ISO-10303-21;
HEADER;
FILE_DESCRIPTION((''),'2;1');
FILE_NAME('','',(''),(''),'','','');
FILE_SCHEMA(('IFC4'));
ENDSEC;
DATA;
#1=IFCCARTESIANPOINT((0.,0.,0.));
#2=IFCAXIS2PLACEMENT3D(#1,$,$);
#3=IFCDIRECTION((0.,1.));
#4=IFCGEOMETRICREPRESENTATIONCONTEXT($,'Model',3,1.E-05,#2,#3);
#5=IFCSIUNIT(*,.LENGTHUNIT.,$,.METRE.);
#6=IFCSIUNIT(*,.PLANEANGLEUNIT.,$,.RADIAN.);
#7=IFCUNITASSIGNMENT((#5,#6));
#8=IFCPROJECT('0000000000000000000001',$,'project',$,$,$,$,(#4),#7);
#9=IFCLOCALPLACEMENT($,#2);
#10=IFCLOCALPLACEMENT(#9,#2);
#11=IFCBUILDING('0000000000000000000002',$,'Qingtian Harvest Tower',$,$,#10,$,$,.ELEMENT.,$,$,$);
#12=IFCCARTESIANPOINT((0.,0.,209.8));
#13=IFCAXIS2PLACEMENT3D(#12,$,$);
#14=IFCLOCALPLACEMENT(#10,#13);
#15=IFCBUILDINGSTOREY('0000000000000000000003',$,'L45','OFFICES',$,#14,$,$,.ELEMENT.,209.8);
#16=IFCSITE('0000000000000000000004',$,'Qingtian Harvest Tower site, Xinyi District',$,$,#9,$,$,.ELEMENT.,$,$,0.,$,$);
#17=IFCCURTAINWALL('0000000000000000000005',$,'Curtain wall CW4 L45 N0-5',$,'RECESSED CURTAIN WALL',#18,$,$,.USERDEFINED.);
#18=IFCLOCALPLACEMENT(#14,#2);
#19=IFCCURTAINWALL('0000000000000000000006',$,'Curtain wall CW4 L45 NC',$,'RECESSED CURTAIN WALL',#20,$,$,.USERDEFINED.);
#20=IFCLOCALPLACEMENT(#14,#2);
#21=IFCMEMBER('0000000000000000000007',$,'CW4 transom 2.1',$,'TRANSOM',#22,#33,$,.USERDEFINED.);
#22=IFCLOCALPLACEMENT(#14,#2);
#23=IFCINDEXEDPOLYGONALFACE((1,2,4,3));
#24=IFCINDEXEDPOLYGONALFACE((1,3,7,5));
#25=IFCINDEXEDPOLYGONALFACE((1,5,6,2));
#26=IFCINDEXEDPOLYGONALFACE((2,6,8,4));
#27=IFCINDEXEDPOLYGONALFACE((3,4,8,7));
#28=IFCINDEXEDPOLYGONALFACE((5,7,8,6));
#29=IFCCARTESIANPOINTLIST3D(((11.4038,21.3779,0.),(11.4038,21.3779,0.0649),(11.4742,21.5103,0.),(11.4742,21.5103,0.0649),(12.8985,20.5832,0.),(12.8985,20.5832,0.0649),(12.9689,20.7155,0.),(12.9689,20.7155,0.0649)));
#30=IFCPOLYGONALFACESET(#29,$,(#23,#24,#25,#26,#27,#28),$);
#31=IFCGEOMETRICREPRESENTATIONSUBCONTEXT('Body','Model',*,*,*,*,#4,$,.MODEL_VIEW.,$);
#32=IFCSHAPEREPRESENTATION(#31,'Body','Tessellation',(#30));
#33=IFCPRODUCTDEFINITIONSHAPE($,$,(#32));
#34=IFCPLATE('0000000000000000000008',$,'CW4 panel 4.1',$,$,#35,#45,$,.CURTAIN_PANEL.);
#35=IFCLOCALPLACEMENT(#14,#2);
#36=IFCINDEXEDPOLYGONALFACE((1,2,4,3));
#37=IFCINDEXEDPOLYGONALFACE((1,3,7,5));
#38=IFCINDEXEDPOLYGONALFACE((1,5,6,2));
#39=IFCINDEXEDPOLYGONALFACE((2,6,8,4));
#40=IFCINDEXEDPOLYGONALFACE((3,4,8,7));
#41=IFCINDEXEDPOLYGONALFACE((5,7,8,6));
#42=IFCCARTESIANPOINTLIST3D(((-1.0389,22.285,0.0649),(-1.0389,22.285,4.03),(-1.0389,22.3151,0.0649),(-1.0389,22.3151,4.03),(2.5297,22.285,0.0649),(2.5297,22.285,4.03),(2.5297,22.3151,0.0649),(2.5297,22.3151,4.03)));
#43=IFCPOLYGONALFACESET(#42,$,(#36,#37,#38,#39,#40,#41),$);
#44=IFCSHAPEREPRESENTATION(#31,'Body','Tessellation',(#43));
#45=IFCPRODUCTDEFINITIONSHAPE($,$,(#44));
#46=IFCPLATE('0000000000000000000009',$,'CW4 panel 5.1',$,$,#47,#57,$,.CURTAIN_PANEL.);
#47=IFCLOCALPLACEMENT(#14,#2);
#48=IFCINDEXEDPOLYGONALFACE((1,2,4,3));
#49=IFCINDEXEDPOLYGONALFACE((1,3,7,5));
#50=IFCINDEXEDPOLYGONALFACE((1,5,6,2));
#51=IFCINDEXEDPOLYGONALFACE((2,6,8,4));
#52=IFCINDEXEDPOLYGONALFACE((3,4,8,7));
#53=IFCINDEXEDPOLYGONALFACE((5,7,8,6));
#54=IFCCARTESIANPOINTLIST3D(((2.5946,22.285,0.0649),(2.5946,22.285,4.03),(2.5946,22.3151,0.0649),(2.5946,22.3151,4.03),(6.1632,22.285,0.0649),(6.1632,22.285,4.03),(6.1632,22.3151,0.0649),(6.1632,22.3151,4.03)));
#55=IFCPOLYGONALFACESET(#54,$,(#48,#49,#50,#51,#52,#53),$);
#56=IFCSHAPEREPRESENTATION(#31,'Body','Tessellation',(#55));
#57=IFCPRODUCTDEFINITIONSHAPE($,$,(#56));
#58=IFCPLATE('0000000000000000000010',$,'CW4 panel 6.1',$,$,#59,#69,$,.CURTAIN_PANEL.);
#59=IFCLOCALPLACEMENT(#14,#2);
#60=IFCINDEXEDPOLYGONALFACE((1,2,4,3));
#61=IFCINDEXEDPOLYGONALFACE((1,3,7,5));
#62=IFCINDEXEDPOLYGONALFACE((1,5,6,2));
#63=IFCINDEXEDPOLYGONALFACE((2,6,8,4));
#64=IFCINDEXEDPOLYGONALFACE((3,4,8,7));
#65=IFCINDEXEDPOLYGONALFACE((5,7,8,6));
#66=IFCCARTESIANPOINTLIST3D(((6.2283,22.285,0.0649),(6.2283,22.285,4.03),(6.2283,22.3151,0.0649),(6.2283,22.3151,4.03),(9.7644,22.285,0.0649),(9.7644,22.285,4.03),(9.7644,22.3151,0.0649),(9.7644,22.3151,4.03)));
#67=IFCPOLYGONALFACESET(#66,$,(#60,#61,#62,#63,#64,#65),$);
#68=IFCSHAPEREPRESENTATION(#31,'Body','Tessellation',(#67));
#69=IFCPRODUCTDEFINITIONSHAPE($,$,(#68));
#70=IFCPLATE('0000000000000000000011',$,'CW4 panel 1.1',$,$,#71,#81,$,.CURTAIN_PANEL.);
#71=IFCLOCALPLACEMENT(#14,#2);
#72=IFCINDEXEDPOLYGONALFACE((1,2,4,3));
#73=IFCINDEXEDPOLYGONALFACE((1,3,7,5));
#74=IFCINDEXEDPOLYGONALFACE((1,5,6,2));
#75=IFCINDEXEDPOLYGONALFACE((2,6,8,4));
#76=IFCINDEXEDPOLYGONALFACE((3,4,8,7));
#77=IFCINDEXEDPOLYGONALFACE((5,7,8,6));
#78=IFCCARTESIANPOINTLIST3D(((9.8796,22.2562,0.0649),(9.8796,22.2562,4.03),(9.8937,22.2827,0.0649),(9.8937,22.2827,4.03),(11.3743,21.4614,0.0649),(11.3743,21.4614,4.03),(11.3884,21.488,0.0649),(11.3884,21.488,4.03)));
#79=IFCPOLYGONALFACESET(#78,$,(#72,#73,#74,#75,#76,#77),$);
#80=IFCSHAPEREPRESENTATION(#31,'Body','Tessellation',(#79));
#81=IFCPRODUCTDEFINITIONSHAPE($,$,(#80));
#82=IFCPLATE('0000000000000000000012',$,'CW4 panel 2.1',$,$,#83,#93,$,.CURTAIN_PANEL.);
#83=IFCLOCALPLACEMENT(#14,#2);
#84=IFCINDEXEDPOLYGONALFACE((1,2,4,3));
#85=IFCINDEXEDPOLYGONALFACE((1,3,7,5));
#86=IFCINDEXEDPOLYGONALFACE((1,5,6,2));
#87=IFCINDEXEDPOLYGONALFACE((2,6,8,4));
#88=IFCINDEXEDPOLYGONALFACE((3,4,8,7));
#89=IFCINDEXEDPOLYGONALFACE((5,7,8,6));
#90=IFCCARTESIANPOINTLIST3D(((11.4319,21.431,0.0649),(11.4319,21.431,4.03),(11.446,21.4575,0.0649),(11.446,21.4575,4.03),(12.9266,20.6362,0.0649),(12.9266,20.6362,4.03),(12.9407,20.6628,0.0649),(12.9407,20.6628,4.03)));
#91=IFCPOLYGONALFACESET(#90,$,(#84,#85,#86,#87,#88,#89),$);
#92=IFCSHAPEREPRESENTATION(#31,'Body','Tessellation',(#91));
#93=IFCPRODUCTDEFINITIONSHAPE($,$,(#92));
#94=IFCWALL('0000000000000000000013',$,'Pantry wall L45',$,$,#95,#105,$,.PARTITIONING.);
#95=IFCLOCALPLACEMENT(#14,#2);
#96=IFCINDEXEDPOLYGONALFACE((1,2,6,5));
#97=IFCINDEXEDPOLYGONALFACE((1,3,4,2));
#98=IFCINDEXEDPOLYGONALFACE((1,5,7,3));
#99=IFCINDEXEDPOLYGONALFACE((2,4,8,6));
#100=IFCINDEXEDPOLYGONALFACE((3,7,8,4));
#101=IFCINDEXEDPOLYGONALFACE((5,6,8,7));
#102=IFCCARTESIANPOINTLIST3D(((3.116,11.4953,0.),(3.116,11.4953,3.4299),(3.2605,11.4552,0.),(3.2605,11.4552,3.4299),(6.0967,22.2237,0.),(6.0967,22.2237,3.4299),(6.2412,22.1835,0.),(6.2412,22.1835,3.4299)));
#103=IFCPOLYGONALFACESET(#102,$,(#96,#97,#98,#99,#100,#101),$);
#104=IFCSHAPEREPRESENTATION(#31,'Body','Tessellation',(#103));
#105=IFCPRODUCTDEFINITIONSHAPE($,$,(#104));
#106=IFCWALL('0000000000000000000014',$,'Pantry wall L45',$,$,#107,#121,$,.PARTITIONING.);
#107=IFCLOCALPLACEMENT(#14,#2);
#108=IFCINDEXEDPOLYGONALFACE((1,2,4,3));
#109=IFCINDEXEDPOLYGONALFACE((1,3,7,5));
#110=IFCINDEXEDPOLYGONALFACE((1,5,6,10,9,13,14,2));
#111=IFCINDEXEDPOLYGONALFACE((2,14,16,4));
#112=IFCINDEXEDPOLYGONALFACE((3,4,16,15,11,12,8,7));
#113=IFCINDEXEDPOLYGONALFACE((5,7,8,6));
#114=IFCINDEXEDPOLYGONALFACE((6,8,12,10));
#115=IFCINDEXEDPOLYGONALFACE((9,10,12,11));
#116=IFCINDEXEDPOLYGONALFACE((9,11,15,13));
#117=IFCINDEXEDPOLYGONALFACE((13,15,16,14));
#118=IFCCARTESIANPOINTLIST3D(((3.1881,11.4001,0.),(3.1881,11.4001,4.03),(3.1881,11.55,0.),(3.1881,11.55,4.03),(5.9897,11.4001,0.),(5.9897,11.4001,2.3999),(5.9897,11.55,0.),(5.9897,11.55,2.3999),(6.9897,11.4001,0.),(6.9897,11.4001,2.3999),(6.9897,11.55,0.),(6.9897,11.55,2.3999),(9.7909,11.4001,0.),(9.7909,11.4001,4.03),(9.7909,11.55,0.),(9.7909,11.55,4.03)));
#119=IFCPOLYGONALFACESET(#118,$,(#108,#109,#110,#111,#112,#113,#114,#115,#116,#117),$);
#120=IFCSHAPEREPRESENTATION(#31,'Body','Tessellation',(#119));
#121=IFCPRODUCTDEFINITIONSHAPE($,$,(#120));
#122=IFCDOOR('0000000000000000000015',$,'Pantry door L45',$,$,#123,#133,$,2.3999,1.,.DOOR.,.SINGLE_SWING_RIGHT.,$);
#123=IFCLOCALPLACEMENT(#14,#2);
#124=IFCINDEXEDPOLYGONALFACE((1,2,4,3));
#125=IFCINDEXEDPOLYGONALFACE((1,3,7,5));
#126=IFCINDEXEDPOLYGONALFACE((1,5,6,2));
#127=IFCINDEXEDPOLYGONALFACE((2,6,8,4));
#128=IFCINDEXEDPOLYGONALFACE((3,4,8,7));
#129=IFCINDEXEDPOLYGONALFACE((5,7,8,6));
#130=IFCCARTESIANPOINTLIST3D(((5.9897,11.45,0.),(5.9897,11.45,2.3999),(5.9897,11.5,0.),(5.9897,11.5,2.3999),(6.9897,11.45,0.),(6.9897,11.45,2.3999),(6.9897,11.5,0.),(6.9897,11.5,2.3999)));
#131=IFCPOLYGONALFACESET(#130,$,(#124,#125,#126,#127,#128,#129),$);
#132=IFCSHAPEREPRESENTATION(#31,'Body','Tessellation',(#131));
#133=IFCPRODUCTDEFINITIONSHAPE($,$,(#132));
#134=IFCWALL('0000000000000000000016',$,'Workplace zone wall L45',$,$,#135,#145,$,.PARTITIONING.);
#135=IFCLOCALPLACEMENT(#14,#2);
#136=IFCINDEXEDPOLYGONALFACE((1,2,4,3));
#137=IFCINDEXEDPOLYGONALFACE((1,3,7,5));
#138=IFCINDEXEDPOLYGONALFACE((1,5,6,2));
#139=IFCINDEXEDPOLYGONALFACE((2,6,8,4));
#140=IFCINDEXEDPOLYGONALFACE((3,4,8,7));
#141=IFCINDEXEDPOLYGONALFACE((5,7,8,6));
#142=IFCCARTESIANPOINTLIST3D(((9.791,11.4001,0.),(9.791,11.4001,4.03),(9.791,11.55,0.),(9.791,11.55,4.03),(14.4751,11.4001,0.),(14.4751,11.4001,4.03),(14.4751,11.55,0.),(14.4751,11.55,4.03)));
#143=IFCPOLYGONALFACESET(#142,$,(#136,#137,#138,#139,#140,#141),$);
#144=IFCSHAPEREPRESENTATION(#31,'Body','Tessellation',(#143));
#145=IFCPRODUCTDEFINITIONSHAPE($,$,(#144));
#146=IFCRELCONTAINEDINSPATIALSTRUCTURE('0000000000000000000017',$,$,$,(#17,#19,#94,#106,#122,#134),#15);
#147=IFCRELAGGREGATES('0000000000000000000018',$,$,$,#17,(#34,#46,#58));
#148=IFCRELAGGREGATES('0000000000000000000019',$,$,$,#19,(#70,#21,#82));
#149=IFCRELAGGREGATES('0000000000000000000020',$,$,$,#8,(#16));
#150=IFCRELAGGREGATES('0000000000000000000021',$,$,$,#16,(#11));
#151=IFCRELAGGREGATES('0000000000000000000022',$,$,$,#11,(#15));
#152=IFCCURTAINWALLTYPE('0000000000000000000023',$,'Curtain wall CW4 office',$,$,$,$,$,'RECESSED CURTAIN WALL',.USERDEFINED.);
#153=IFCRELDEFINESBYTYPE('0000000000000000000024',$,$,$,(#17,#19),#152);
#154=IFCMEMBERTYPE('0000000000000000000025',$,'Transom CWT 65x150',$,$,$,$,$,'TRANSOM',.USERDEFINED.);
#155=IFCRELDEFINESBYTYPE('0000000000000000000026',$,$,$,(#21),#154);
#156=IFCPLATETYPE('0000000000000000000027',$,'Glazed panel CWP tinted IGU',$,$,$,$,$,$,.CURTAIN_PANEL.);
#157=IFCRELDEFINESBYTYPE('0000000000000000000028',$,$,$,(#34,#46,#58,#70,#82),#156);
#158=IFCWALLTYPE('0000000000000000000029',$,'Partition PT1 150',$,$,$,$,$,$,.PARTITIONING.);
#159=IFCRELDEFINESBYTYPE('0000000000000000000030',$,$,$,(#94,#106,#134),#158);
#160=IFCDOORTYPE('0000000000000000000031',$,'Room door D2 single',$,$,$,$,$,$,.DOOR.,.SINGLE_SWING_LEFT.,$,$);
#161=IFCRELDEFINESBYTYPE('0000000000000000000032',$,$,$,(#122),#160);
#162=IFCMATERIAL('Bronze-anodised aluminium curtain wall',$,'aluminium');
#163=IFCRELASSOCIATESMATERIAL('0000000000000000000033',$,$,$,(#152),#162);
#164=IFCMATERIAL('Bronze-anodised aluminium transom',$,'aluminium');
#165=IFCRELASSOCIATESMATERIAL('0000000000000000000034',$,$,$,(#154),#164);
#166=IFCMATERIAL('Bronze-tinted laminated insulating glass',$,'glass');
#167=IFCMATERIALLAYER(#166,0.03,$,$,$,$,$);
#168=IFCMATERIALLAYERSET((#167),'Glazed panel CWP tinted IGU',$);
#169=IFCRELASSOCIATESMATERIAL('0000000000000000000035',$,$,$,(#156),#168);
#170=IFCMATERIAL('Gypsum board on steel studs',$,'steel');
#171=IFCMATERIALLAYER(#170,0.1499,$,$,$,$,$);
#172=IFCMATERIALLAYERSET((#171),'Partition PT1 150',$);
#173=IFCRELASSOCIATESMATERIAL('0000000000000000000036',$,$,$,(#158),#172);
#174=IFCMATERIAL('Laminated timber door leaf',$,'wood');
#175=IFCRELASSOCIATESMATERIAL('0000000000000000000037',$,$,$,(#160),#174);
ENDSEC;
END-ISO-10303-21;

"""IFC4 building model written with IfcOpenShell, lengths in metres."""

from ifc_helpers import new_model, si_unit, direction, frame, frame_2d, origin, origin_2d, place, context, subcontext, project, spatial, rectangle, extrude, material, layer, layer_set, material_profile, profile_set, type_object, element, fill, aggregate, save


model = new_model("IFC4")

# Units and contexts
model_context = context("Model", 3, precision=1e-05, world=origin(), true_north=direction((0.0, 1.0)))
body_context = subcontext(model_context, "Body", "Model", "MODEL_VIEW")
ifc_project = project(units=[si_unit("LENGTHUNIT", "METRE"), si_unit("PLANEANGLEUNIT", "RADIAN")], contexts=[model_context])

# Site, building, storey
site_placement = place(None, origin())
site = spatial("IfcSite", under=ifc_project, at=site_placement, Name="Qingtian Harvest Tower site, Xinyi District", CompositionType="ELEMENT", RefElevation=0.0)
building_placement = place(site_placement, origin())
building = spatial("IfcBuilding", under=site, at=building_placement, Name="Qingtian Harvest Tower", CompositionType="ELEMENT")
storey_placement = place(building_placement, frame((0.0, 0.0, 209.8)))
storey = spatial("IfcBuildingStorey", under=building, at=storey_placement, Name="L45", Description="OFFICES", CompositionType="ELEMENT", Elevation=209.8)

# Curtain walls
ifc_material_1 = material(Name="Bronze-anodised aluminium curtain wall", Category="aluminium")
curtain_wall_type = type_object("IfcCurtainWallType", Name="Curtain wall CW4 office", ElementType="RECESSED CURTAIN WALL", PredefinedType="USERDEFINED", material=ifc_material_1)
curtain_wall_1_placement = place(storey_placement, origin())
curtain_wall_1 = element("IfcCurtainWall", 1, at=curtain_wall_1_placement, inside=storey, type_object=curtain_wall_type, Name="Curtain wall CW4 L45 N0-5", ObjectType="RECESSED CURTAIN WALL", PredefinedType="USERDEFINED")
curtain_wall_2_placement = place(storey_placement, origin())
curtain_wall_2 = element("IfcCurtainWall", 2, at=curtain_wall_2_placement, inside=storey, type_object=curtain_wall_type, Name="Curtain wall CW4 L45 NC", ObjectType="RECESSED CURTAIN WALL", PredefinedType="USERDEFINED")

# Member
ifc_material_2 = material(Name="Bronze-anodised aluminium transom", Category="aluminium")
ifc_material_profile_1 = material_profile(ifc_material_2, rectangle(XDim=0.1499, YDim=0.0649, at=origin_2d()), Name="AL 65x150")
ifc_profile_set_1 = profile_set([ifc_material_profile_1], Name="Bronze-anodised aluminium transom")
member_type_1 = type_object("IfcMemberType", Name="Transom CWT 65x150", ElementType="TRANSOM", PredefinedType="USERDEFINED", material=ifc_profile_set_1)
member_1_placement = place(storey_placement, frame((11.439, 21.4441, 0.0325), z_axis=(0.882955, -0.469457, 0.0), x_axis=(0.469457, 0.882955, 0.0)))
member_1 = element("IfcMember", 3, at=member_1_placement, type_object=member_type_1, Name="CW4 transom 2.1", ObjectType="TRANSOM", PredefinedType="USERDEFINED", context=body_context, shape_type="SweptSolid", body=[
    extrude(rectangle(XDim=0.1499, YDim=0.0649, at=origin_2d()), origin(), (0.0, 0.0, 1.0), 1.6929),
])

# Plates
ifc_material_3 = material(Name="Bronze-tinted laminated insulating glass", Category="glass")
ifc_layer_1 = layer(ifc_material_3, 0.03)
ifc_layer_set_1 = layer_set([ifc_layer_1], Name="Glazed panel CWP tinted IGU")
plate_type = type_object("IfcPlateType", Name="Glazed panel CWP tinted IGU", PredefinedType="CURTAIN_PANEL", material=ifc_layer_set_1)
plate_1_placement = place(storey_placement, frame((0.7454, 22.3, 0.0649), z_axis=(0.0, 0.0, 1.0), x_axis=(1.0, 0.0, 0.0)))
plate_1 = element("IfcPlate", 4, at=plate_1_placement, type_object=plate_type, Name="CW4 panel 4.1", PredefinedType="CURTAIN_PANEL", context=body_context, shape_type="SweptSolid", body=[
    extrude(rectangle(XDim=3.5686, YDim=0.03, at=origin_2d()), origin(), (0.0, 0.0, 1.0), 3.9651),
])
plate_2_placement = place(storey_placement, frame((4.3789, 22.3, 0.0649), z_axis=(0.0, 0.0, 1.0), x_axis=(1.0, 0.0, 0.0)))
plate_2 = element("IfcPlate", 5, at=plate_2_placement, type_object=plate_type, Name="CW4 panel 5.1", PredefinedType="CURTAIN_PANEL", context=body_context, shape_type="SweptSolid", body=[
    extrude(rectangle(XDim=3.5686, YDim=0.03, at=origin_2d()), origin(), (0.0, 0.0, 1.0), 3.9651),
])
plate_3_placement = place(storey_placement, frame((7.9963, 22.3, 0.0649), z_axis=(0.0, 0.0, 1.0), x_axis=(1.0, 0.0, 0.0)))
plate_3 = element("IfcPlate", 6, at=plate_3_placement, type_object=plate_type, Name="CW4 panel 6.1", PredefinedType="CURTAIN_PANEL", context=body_context, shape_type="SweptSolid", body=[
    extrude(rectangle(XDim=3.5361, YDim=0.03, at=origin_2d()), origin(), (0.0, 0.0, 1.0), 3.9651),
])
aggregate(curtain_wall_1, [plate_1, plate_2, plate_3])
plate_4_placement = place(storey_placement, frame((10.634, 21.8721, 0.0649), z_axis=(0.0, 0.0, 1.0), x_axis=(0.882948, -0.469472, 0.0)))
plate_4 = element("IfcPlate", 7, at=plate_4_placement, type_object=plate_type, Name="CW4 panel 1.1", PredefinedType="CURTAIN_PANEL", context=body_context, shape_type="SweptSolid", body=[
    extrude(rectangle(XDim=1.6929, YDim=0.03, at=origin_2d()), origin(), (0.0, 0.0, 1.0), 3.9651),
])
plate_5_placement = place(storey_placement, frame((12.1863, 21.0469, 0.0649), z_axis=(0.0, 0.0, 1.0), x_axis=(0.882948, -0.469472, 0.0)))
plate_5 = element("IfcPlate", 8, at=plate_5_placement, type_object=plate_type, Name="CW4 panel 2.1", PredefinedType="CURTAIN_PANEL", context=body_context, shape_type="SweptSolid", body=[
    extrude(rectangle(XDim=1.6929, YDim=0.03, at=origin_2d()), origin(), (0.0, 0.0, 1.0), 3.9651),
])
aggregate(curtain_wall_2, [plate_4, member_1, plate_5])

# Wall
ifc_material_4 = material(Name="Gypsum board on steel studs", Category="steel")
ifc_layer_2 = layer(ifc_material_4, 0.1499)
ifc_layer_set_2 = layer_set([ifc_layer_2], Name="Partition PT1 150")
wall_type = type_object("IfcWallType", Name="Partition PT1 150", PredefinedType="PARTITIONING", material=ifc_layer_set_2)
wall_1_placement = place(storey_placement, frame((6.1689, 22.2036, 0.0), z_axis=(0.0, 0.0, 1.0), x_axis=(-0.267691, -0.963505, 0.0)))
element("IfcWall", 9, at=wall_1_placement, inside=storey, type_object=wall_type, Name="Pantry wall L45", PredefinedType="PARTITIONING", context=body_context, shape_type="SweptSolid", body=[
    extrude(rectangle(XDim=11.1348, YDim=0.1499, at=frame_2d((5.5674, 0.0))), origin(), (0.0, 0.0, 1.0), 3.4299),
])

# Wall, opening, door
wall_2_placement = place(storey_placement, frame((3.1882, 11.4751, 0.0), z_axis=(0.0, 0.0, 1.0), x_axis=(1.0, 0.0, 0.0)))
wall_2 = element("IfcWall", 10, at=wall_2_placement, inside=storey, type_object=wall_type, Name="Pantry wall L45", PredefinedType="PARTITIONING", context=body_context, shape_type="SweptSolid", body=[
    extrude(rectangle(XDim=6.6028, YDim=0.1499, at=frame_2d((3.3013, 0.0))), origin(), (0.0, 0.0, 1.0), 4.03),
])
opening_placement = place(wall_2_placement, frame((2.8015, 0.0, 0.0)))
opening = element("IfcOpeningElement", 11, at=opening_placement, cuts=wall_2, PredefinedType="OPENING", context=body_context, shape_type="SweptSolid", body=[
    extrude(rectangle(XDim=1.0, YDim=2.3999, at=frame_2d((0.5, 1.2))), frame((0.0, 0.085, 0.0), z_axis=(0.0, -1.0, 0.0), x_axis=(1.0, 0.0, 0.0)), (0.0, 0.0, 1.0), 0.1699),
])
ifc_material_5 = material(Name="Laminated timber door leaf", Category="wood")
door_type = type_object("IfcDoorType", Name="Room door D2 single", OperationType="SINGLE_SWING_LEFT", PredefinedType="DOOR", material=ifc_material_5)
door_placement = place(opening_placement, origin())
door = element("IfcDoor", 12, at=door_placement, inside=storey, type_object=door_type, Name="Pantry door L45", OperationType="SINGLE_SWING_RIGHT", OverallHeight=2.3999, OverallWidth=1.0, PredefinedType="DOOR", context=body_context, shape_type="SweptSolid", body=[
    extrude(rectangle(XDim=1.0, YDim=2.3999, at=frame_2d((0.5, 1.2))), frame((0.0, 0.0249, 0.0), z_axis=(0.0, -1.0, 0.0), x_axis=(1.0, 0.0, 0.0)), (0.0, 0.0, 1.0), 0.05),
])
fill(opening, door)

# Wall
wall_3_placement = place(storey_placement, frame((9.791, 11.4751, 0.0), z_axis=(0.0, 0.0, 1.0), x_axis=(1.0, 0.0, 0.0)))
element("IfcWall", 13, at=wall_3_placement, inside=storey, type_object=wall_type, Name="Workplace zone wall L45", PredefinedType="PARTITIONING", context=body_context, shape_type="SweptSolid", body=[
    extrude(rectangle(XDim=4.6841, YDim=0.1499, at=frame_2d((2.342, 0.0))), origin(), (0.0, 0.0, 1.0), 4.03),
])

save(model, "model.ifc")
